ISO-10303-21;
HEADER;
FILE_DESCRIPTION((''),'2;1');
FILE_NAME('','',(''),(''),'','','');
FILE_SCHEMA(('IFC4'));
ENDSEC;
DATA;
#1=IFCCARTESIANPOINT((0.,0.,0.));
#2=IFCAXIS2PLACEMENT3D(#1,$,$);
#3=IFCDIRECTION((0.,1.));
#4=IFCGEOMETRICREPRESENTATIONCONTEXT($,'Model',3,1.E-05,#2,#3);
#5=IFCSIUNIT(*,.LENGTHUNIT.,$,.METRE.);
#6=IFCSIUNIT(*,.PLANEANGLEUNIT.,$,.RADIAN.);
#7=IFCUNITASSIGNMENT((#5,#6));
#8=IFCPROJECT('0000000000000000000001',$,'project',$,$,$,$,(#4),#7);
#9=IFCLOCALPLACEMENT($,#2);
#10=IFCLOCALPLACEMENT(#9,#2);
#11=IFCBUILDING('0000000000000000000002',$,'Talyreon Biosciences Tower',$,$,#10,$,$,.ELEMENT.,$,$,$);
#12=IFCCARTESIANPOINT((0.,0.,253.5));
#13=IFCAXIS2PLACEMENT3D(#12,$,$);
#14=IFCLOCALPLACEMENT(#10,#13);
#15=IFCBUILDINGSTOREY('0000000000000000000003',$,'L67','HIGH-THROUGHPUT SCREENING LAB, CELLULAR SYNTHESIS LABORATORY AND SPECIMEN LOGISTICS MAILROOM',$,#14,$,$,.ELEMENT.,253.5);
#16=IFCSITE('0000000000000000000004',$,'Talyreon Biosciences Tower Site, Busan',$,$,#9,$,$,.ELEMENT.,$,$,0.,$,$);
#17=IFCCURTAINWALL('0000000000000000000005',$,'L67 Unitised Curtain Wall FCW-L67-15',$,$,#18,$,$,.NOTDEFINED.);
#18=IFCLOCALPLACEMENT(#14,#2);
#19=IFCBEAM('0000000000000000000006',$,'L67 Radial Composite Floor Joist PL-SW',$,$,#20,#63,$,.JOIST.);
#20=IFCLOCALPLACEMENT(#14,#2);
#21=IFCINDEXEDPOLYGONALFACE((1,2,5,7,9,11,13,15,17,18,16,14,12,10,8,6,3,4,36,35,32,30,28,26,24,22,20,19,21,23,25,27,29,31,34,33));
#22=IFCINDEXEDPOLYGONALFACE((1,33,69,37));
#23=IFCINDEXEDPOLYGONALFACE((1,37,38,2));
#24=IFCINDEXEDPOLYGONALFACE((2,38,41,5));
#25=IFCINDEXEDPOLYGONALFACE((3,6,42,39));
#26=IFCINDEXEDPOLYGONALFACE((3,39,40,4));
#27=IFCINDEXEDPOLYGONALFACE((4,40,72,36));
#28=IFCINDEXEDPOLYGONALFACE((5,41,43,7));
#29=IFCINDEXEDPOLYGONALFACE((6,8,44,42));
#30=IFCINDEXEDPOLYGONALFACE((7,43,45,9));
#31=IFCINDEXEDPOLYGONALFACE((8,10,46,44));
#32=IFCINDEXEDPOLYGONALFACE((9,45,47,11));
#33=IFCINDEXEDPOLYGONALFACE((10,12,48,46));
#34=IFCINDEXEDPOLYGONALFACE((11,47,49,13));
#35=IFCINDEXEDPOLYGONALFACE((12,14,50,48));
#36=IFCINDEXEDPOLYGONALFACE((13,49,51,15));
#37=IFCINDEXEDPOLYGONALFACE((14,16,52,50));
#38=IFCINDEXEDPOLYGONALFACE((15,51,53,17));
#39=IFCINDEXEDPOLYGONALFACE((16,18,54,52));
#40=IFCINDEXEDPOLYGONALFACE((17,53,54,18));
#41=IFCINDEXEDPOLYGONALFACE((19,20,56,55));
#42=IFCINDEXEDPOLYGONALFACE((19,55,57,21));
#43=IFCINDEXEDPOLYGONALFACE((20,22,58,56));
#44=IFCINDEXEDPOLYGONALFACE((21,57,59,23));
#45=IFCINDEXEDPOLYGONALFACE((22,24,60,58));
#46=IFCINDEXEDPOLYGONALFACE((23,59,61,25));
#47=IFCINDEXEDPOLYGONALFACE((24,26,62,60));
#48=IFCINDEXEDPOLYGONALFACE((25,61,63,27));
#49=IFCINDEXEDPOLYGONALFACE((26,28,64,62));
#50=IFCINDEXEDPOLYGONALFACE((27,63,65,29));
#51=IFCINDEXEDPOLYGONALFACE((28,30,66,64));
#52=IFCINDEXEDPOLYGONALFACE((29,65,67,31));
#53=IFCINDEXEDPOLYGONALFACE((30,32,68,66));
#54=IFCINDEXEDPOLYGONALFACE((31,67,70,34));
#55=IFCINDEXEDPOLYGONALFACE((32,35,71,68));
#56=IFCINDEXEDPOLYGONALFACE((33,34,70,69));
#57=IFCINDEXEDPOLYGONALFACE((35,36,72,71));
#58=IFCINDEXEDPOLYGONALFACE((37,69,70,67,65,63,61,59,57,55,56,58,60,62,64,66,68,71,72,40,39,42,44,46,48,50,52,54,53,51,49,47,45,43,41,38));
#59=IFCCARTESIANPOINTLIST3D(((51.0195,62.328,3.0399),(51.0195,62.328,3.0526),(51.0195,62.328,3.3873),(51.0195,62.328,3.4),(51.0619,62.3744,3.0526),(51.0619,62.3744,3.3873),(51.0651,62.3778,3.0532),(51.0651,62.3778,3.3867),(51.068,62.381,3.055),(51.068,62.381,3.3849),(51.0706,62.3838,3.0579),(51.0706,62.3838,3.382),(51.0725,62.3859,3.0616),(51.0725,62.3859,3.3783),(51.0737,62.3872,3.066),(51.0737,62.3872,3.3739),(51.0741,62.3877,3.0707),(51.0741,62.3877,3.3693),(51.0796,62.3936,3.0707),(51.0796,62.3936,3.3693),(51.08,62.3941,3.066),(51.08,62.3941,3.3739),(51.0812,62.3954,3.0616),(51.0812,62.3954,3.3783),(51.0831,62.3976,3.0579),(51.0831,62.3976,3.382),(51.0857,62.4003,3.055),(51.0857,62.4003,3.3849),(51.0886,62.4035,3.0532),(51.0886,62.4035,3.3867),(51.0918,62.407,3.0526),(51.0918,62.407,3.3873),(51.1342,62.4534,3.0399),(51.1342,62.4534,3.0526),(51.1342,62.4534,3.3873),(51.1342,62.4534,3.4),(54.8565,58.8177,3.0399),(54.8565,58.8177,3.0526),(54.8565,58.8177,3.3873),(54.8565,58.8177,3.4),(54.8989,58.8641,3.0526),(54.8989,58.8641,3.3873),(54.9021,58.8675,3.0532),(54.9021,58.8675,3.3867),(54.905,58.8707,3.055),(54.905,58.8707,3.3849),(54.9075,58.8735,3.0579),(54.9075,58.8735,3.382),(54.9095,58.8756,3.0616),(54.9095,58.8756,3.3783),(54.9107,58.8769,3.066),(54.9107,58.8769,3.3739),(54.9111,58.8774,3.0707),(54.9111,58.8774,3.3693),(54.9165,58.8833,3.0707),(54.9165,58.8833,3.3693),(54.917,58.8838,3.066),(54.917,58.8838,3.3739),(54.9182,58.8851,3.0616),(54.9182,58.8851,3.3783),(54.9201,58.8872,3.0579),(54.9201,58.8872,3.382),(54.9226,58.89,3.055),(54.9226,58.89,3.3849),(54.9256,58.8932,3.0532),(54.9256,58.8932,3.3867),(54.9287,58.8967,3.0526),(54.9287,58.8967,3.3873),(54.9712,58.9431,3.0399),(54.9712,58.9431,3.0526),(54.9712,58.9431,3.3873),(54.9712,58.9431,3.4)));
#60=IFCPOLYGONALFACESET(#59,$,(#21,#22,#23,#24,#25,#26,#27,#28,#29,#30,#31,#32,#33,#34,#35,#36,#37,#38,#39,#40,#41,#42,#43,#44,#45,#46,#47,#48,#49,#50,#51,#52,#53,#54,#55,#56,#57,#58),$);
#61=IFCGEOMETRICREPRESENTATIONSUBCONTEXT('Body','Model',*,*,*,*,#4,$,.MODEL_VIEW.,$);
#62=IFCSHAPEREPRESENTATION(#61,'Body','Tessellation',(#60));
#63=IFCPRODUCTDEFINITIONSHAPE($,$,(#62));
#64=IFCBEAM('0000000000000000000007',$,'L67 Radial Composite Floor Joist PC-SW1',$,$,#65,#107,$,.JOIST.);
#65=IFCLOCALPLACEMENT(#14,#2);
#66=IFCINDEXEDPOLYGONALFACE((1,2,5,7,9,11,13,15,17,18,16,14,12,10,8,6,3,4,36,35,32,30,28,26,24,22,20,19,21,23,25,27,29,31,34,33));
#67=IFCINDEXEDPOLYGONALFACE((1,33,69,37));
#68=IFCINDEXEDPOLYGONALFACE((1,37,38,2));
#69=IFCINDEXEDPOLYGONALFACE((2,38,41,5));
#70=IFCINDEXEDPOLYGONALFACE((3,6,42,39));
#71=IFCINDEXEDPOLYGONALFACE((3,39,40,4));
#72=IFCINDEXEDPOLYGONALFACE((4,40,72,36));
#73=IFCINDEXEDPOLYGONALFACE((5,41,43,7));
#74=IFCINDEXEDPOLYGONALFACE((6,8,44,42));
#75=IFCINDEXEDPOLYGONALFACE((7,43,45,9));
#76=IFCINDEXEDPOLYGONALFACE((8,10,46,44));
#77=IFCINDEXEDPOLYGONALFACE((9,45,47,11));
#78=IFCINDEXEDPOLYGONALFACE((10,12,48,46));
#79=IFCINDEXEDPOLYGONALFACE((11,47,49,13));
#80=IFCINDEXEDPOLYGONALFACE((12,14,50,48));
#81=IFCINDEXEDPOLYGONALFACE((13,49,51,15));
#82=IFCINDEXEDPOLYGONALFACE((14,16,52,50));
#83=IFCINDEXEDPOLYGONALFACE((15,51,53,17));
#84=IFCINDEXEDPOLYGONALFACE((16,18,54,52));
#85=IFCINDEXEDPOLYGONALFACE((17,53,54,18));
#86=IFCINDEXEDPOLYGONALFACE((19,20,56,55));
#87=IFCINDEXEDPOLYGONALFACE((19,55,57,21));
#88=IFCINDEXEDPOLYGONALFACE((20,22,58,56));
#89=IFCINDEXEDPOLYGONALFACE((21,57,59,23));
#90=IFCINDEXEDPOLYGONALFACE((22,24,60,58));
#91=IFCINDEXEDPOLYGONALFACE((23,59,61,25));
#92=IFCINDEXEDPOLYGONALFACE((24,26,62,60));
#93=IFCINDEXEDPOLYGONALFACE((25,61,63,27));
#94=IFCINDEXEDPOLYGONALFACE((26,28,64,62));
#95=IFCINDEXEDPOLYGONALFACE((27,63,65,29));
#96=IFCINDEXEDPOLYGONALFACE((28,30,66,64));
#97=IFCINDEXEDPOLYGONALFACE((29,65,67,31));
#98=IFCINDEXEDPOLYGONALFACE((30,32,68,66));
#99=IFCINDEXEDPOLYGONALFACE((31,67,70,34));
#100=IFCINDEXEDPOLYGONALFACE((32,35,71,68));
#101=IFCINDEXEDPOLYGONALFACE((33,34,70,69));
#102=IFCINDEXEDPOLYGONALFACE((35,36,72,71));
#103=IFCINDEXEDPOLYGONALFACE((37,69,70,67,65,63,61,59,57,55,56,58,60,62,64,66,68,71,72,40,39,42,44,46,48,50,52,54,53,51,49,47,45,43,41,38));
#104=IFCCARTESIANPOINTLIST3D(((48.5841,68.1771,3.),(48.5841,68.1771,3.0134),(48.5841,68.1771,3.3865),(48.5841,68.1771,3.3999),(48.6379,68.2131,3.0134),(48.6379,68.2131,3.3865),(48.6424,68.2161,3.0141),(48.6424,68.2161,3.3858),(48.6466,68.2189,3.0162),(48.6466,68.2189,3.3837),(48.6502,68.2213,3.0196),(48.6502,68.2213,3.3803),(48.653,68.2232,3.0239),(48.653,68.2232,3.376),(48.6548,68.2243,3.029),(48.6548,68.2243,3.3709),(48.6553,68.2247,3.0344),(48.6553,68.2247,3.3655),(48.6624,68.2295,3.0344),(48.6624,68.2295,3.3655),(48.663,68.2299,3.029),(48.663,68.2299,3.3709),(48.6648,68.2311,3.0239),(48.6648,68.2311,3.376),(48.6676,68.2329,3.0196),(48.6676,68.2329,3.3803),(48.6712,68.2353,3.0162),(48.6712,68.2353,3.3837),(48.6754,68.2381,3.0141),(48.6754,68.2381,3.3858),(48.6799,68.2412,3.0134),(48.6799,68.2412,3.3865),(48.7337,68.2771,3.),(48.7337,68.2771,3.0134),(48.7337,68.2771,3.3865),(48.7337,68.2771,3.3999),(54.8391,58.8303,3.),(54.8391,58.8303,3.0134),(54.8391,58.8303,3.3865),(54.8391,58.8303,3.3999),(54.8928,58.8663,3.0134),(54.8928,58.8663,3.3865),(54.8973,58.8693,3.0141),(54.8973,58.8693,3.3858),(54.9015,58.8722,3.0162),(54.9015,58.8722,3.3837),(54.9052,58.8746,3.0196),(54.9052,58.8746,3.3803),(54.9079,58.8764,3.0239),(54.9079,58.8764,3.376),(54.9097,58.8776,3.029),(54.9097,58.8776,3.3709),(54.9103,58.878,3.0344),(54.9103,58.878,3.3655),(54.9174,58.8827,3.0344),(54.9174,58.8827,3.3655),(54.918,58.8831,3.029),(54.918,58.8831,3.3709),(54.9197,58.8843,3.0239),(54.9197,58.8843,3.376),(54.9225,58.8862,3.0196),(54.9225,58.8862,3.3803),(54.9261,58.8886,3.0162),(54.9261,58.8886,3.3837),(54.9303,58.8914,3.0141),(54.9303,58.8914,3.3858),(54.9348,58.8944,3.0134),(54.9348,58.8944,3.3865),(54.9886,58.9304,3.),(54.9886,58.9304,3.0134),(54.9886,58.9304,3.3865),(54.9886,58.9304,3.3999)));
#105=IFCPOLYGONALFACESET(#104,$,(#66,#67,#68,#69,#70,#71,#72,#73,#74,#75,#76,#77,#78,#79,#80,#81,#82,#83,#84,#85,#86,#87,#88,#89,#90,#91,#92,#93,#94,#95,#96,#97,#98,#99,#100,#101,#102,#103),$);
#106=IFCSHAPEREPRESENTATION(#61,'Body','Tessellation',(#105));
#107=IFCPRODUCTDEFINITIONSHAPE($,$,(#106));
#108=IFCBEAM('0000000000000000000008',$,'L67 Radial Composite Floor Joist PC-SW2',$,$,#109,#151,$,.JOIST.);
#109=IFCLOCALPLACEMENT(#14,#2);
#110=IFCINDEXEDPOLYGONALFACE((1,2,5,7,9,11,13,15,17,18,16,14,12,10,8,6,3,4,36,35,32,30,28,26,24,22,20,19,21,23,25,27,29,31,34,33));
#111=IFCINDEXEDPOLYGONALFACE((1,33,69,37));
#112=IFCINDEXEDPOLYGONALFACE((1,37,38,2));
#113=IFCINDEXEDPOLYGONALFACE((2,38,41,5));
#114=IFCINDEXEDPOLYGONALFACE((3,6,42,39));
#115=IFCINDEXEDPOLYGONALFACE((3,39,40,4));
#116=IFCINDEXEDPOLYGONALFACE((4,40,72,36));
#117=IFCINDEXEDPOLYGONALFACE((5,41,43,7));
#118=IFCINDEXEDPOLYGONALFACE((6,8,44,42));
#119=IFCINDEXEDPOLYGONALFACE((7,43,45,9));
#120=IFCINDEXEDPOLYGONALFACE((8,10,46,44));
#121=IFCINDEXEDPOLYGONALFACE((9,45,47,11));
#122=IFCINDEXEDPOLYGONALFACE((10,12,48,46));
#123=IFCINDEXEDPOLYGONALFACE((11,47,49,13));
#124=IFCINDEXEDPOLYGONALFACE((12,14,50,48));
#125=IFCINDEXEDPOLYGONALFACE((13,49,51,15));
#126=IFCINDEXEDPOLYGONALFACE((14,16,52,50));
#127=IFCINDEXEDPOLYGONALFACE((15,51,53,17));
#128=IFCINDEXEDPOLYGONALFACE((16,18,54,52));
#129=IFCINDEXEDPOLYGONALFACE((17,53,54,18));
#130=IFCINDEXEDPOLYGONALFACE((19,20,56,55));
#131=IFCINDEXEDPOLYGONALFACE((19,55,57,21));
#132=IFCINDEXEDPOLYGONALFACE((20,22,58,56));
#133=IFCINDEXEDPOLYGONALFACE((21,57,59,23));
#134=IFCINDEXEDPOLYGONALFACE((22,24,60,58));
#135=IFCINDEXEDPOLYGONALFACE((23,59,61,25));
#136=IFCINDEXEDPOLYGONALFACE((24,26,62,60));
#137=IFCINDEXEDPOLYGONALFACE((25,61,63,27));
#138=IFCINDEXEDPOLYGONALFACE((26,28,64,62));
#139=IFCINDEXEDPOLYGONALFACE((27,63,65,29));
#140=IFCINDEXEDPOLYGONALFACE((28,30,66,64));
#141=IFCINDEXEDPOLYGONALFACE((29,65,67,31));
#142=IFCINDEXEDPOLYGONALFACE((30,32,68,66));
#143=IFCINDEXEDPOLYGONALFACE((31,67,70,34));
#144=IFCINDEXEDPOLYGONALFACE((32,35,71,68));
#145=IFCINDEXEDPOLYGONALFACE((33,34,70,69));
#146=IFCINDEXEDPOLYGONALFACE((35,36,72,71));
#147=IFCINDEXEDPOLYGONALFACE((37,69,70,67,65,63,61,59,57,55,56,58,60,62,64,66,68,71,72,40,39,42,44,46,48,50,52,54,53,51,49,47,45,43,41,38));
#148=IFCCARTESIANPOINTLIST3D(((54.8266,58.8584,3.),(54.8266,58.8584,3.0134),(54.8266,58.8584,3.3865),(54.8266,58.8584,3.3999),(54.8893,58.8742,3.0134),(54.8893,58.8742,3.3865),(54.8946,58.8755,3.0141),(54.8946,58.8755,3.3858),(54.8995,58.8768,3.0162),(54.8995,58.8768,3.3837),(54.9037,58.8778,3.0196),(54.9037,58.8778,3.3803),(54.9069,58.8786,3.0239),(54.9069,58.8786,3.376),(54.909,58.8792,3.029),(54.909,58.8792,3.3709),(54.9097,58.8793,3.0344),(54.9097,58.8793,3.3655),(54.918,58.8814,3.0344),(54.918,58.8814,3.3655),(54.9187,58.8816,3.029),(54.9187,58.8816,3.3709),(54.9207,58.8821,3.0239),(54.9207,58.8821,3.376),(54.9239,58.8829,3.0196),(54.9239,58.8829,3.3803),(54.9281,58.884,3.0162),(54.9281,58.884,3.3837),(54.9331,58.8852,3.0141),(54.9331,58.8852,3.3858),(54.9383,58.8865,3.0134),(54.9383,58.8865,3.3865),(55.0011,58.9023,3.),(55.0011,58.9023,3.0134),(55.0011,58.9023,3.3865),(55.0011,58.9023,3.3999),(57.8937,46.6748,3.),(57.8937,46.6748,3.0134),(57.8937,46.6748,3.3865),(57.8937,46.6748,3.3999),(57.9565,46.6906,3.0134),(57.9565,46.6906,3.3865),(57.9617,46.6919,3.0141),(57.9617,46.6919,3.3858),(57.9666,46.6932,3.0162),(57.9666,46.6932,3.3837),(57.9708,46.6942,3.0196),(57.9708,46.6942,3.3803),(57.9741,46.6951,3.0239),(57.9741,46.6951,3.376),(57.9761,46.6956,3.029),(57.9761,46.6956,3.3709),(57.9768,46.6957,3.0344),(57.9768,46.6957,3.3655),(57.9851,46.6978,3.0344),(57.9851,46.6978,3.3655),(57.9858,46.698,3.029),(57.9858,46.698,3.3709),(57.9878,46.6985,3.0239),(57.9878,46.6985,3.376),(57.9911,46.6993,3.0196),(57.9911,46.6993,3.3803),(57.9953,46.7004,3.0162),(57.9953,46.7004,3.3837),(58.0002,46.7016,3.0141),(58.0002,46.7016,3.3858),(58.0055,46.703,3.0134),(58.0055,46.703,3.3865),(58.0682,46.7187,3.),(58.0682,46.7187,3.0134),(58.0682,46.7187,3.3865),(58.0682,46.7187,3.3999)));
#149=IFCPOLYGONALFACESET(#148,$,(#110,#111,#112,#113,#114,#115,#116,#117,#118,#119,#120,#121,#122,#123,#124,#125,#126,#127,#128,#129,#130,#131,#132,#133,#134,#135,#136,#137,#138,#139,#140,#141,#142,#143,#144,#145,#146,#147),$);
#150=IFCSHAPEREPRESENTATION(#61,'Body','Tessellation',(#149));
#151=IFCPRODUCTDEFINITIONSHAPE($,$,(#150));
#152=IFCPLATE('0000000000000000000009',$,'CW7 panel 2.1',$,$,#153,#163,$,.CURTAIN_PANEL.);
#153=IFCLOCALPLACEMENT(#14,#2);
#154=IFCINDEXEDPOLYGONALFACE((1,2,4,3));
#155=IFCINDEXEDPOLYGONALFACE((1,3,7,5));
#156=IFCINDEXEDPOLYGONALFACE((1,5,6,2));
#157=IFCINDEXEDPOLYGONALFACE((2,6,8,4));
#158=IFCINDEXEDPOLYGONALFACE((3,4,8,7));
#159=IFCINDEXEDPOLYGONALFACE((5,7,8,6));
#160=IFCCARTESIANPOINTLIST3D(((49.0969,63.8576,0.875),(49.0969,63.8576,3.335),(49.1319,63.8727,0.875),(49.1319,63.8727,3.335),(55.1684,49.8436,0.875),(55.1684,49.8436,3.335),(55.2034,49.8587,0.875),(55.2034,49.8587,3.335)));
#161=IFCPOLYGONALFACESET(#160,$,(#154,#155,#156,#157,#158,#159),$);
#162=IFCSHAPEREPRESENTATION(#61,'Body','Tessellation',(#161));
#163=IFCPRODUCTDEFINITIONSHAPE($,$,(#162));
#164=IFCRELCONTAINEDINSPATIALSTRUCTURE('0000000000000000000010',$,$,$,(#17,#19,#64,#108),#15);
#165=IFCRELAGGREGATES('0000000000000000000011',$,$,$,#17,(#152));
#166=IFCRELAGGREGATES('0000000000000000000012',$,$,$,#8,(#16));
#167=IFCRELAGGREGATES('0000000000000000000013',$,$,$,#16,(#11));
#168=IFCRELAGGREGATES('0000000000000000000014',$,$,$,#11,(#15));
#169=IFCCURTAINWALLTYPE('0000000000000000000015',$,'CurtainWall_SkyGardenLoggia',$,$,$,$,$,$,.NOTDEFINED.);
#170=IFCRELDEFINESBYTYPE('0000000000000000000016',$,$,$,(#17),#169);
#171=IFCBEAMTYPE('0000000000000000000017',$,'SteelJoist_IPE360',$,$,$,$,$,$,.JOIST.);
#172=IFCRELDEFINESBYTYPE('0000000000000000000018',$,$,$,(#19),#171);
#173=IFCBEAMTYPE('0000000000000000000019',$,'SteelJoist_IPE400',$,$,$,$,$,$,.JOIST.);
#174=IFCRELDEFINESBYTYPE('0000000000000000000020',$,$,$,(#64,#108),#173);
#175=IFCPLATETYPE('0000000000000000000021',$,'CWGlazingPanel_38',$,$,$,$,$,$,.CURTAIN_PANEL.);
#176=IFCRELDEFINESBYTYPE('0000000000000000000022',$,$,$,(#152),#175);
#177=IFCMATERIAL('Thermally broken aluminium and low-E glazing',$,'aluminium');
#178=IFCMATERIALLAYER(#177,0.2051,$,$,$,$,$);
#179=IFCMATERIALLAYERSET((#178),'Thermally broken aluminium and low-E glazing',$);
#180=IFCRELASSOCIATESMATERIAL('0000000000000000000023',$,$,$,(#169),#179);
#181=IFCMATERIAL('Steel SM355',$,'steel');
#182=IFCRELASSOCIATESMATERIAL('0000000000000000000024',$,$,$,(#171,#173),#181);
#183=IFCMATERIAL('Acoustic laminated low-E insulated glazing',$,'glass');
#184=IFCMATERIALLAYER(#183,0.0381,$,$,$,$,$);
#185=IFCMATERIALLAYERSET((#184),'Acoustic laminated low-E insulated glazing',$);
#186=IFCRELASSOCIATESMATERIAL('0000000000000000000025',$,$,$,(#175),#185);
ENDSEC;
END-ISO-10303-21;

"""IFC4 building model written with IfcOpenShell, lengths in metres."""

from ifc_helpers import new_model, si_unit, direction, frame, origin, origin_2d, place, context, subcontext, project, spatial, rectangle, i_section, extrude, material, layer, layer_set, material_profile, profile_set, type_object, element, aggregate, save


model = new_model("IFC4")

# Units and contexts
model_context = context("Model", 3, precision=1e-05, world=origin(), true_north=direction((0.0, 1.0)))
body_context = subcontext(model_context, "Body", "Model", "MODEL_VIEW")
ifc_project = project(units=[si_unit("LENGTHUNIT", "METRE"), si_unit("PLANEANGLEUNIT", "RADIAN")], contexts=[model_context])

# Site, building, storey
site_placement = place(None, origin())
site = spatial("IfcSite", under=ifc_project, at=site_placement, Name="Talyreon Biosciences Tower Site, Busan", CompositionType="ELEMENT", RefElevation=0.0)
building_placement = place(site_placement, origin())
building = spatial("IfcBuilding", under=site, at=building_placement, Name="Talyreon Biosciences Tower", CompositionType="ELEMENT")
storey_placement = place(building_placement, frame((0.0, 0.0, 253.5)))
storey = spatial("IfcBuildingStorey", under=building, at=storey_placement, Name="L67", Description="HIGH-THROUGHPUT SCREENING LAB, CELLULAR SYNTHESIS LABORATORY AND SPECIMEN LOGISTICS MAILROOM", CompositionType="ELEMENT", Elevation=253.5)

# Curtain wall
ifc_material_1 = material(Name="Thermally broken aluminium and low-E glazing", Category="aluminium")
ifc_layer_1 = layer(ifc_material_1, 0.2051)
ifc_layer_set_1 = layer_set([ifc_layer_1], Name="Thermally broken aluminium and low-E glazing")
curtain_wall_type = type_object("IfcCurtainWallType", Name="CurtainWall_SkyGardenLoggia", PredefinedType="NOTDEFINED", material=ifc_layer_set_1)
curtain_wall_placement = place(storey_placement, origin())
curtain_wall = element("IfcCurtainWall", 1, at=curtain_wall_placement, inside=storey, type_object=curtain_wall_type, Name="L67 Unitised Curtain Wall FCW-L67-15", PredefinedType="NOTDEFINED")

# Beams
ifc_material_2 = material(Name="Steel SM355", Category="steel")
ifc_material_profile_1 = material_profile(ifc_material_2, i_section(OverallWidth=0.1699, OverallDepth=0.3601, WebThickness=0.0081, FlangeThickness=0.0127, FilletRadius=0.0181, at=origin_2d()), Name="IPE360")
ifc_profile_set_1 = profile_set([ifc_material_profile_1], Name="Steel SM355")
beam_type_1 = type_object("IfcBeamType", Name="SteelJoist_IPE360", PredefinedType="JOIST", material=ifc_profile_set_1)
beam_1_placement = place(storey_placement, frame((54.9138, 58.8804, 3.22), z_axis=(-0.737816, 0.675001, 0.0), x_axis=(-0.675001, -0.737816, 0.0)))
element("IfcBeam", 2, at=beam_1_placement, inside=storey, type_object=beam_type_1, Name="L67 Radial Composite Floor Joist PL-SW", PredefinedType="JOIST", context=body_context, shape_type="SweptSolid", body=[
    extrude(i_section(OverallWidth=0.1699, OverallDepth=0.3601, WebThickness=0.0081, FlangeThickness=0.0127, FilletRadius=0.0181, at=origin_2d()), origin(), (0.0, 0.0, 1.0), 5.2004),
])
ifc_material_profile_2 = material_profile(ifc_material_2, i_section(OverallWidth=0.1799, OverallDepth=0.3999, WebThickness=0.0085, FlangeThickness=0.0134, FilletRadius=0.021, at=origin_2d()), Name="IPE400")
ifc_profile_set_2 = profile_set([ifc_material_profile_2], Name="Steel SM355")
beam_type_2 = type_object("IfcBeamType", Name="SteelJoist_IPE400", PredefinedType="JOIST", material=ifc_profile_set_2)
beam_2_placement = place(storey_placement, frame((54.9138, 58.8804, 3.2), z_axis=(-0.556162, 0.831074, 0.0), x_axis=(-0.831074, -0.556162, 0.0)))
element("IfcBeam", 3, at=beam_2_placement, inside=storey, type_object=beam_type_2, Name="L67 Radial Composite Floor Joist PC-SW1", PredefinedType="JOIST", context=body_context, shape_type="SweptSolid", body=[
    extrude(i_section(OverallWidth=0.1799, OverallDepth=0.3999, WebThickness=0.0085, FlangeThickness=0.0134, FilletRadius=0.021, at=origin_2d()), origin(), (0.0, 0.0, 1.0), 11.2466),
])
beam_3_placement = place(storey_placement, frame((54.9138, 58.8804, 3.2), z_axis=(0.244126, -0.969743, 0.0), x_axis=(0.969743, 0.244126, 0.0)))
element("IfcBeam", 4, at=beam_3_placement, inside=storey, type_object=beam_type_2, Name="L67 Radial Composite Floor Joist PC-SW2", PredefinedType="JOIST", context=body_context, shape_type="SweptSolid", body=[
    extrude(i_section(OverallWidth=0.1799, OverallDepth=0.3999, WebThickness=0.0085, FlangeThickness=0.0134, FilletRadius=0.021, at=origin_2d()), origin(), (0.0, 0.0, 1.0), 12.5637),
])

# Plate
ifc_material_3 = material(Name="Acoustic laminated low-E insulated glazing", Category="glass")
ifc_layer_2 = layer(ifc_material_3, 0.0381)
ifc_layer_set_2 = layer_set([ifc_layer_2], Name="Acoustic laminated low-E insulated glazing")
plate_type_1 = type_object("IfcPlateType", Name="CWGlazingPanel_38", PredefinedType="CURTAIN_PANEL", material=ifc_layer_set_2)
plate_placement = place(storey_placement, frame((52.1501, 56.8582, 0.875), z_axis=(0.0, 0.0, 1.0), x_axis=(-0.397537, 0.917586, 0.0)))
plate = element("IfcPlate", 5, at=plate_placement, type_object=plate_type_1, Name="CW7 panel 2.1", PredefinedType="CURTAIN_PANEL", context=body_context, shape_type="SweptSolid", body=[
    extrude(rectangle(XDim=15.2727, YDim=0.0381, at=origin_2d()), origin(), (0.0, 0.0, 1.0), 2.46),
])
aggregate(curtain_wall, [plate])

save(model, "model.ifc")
